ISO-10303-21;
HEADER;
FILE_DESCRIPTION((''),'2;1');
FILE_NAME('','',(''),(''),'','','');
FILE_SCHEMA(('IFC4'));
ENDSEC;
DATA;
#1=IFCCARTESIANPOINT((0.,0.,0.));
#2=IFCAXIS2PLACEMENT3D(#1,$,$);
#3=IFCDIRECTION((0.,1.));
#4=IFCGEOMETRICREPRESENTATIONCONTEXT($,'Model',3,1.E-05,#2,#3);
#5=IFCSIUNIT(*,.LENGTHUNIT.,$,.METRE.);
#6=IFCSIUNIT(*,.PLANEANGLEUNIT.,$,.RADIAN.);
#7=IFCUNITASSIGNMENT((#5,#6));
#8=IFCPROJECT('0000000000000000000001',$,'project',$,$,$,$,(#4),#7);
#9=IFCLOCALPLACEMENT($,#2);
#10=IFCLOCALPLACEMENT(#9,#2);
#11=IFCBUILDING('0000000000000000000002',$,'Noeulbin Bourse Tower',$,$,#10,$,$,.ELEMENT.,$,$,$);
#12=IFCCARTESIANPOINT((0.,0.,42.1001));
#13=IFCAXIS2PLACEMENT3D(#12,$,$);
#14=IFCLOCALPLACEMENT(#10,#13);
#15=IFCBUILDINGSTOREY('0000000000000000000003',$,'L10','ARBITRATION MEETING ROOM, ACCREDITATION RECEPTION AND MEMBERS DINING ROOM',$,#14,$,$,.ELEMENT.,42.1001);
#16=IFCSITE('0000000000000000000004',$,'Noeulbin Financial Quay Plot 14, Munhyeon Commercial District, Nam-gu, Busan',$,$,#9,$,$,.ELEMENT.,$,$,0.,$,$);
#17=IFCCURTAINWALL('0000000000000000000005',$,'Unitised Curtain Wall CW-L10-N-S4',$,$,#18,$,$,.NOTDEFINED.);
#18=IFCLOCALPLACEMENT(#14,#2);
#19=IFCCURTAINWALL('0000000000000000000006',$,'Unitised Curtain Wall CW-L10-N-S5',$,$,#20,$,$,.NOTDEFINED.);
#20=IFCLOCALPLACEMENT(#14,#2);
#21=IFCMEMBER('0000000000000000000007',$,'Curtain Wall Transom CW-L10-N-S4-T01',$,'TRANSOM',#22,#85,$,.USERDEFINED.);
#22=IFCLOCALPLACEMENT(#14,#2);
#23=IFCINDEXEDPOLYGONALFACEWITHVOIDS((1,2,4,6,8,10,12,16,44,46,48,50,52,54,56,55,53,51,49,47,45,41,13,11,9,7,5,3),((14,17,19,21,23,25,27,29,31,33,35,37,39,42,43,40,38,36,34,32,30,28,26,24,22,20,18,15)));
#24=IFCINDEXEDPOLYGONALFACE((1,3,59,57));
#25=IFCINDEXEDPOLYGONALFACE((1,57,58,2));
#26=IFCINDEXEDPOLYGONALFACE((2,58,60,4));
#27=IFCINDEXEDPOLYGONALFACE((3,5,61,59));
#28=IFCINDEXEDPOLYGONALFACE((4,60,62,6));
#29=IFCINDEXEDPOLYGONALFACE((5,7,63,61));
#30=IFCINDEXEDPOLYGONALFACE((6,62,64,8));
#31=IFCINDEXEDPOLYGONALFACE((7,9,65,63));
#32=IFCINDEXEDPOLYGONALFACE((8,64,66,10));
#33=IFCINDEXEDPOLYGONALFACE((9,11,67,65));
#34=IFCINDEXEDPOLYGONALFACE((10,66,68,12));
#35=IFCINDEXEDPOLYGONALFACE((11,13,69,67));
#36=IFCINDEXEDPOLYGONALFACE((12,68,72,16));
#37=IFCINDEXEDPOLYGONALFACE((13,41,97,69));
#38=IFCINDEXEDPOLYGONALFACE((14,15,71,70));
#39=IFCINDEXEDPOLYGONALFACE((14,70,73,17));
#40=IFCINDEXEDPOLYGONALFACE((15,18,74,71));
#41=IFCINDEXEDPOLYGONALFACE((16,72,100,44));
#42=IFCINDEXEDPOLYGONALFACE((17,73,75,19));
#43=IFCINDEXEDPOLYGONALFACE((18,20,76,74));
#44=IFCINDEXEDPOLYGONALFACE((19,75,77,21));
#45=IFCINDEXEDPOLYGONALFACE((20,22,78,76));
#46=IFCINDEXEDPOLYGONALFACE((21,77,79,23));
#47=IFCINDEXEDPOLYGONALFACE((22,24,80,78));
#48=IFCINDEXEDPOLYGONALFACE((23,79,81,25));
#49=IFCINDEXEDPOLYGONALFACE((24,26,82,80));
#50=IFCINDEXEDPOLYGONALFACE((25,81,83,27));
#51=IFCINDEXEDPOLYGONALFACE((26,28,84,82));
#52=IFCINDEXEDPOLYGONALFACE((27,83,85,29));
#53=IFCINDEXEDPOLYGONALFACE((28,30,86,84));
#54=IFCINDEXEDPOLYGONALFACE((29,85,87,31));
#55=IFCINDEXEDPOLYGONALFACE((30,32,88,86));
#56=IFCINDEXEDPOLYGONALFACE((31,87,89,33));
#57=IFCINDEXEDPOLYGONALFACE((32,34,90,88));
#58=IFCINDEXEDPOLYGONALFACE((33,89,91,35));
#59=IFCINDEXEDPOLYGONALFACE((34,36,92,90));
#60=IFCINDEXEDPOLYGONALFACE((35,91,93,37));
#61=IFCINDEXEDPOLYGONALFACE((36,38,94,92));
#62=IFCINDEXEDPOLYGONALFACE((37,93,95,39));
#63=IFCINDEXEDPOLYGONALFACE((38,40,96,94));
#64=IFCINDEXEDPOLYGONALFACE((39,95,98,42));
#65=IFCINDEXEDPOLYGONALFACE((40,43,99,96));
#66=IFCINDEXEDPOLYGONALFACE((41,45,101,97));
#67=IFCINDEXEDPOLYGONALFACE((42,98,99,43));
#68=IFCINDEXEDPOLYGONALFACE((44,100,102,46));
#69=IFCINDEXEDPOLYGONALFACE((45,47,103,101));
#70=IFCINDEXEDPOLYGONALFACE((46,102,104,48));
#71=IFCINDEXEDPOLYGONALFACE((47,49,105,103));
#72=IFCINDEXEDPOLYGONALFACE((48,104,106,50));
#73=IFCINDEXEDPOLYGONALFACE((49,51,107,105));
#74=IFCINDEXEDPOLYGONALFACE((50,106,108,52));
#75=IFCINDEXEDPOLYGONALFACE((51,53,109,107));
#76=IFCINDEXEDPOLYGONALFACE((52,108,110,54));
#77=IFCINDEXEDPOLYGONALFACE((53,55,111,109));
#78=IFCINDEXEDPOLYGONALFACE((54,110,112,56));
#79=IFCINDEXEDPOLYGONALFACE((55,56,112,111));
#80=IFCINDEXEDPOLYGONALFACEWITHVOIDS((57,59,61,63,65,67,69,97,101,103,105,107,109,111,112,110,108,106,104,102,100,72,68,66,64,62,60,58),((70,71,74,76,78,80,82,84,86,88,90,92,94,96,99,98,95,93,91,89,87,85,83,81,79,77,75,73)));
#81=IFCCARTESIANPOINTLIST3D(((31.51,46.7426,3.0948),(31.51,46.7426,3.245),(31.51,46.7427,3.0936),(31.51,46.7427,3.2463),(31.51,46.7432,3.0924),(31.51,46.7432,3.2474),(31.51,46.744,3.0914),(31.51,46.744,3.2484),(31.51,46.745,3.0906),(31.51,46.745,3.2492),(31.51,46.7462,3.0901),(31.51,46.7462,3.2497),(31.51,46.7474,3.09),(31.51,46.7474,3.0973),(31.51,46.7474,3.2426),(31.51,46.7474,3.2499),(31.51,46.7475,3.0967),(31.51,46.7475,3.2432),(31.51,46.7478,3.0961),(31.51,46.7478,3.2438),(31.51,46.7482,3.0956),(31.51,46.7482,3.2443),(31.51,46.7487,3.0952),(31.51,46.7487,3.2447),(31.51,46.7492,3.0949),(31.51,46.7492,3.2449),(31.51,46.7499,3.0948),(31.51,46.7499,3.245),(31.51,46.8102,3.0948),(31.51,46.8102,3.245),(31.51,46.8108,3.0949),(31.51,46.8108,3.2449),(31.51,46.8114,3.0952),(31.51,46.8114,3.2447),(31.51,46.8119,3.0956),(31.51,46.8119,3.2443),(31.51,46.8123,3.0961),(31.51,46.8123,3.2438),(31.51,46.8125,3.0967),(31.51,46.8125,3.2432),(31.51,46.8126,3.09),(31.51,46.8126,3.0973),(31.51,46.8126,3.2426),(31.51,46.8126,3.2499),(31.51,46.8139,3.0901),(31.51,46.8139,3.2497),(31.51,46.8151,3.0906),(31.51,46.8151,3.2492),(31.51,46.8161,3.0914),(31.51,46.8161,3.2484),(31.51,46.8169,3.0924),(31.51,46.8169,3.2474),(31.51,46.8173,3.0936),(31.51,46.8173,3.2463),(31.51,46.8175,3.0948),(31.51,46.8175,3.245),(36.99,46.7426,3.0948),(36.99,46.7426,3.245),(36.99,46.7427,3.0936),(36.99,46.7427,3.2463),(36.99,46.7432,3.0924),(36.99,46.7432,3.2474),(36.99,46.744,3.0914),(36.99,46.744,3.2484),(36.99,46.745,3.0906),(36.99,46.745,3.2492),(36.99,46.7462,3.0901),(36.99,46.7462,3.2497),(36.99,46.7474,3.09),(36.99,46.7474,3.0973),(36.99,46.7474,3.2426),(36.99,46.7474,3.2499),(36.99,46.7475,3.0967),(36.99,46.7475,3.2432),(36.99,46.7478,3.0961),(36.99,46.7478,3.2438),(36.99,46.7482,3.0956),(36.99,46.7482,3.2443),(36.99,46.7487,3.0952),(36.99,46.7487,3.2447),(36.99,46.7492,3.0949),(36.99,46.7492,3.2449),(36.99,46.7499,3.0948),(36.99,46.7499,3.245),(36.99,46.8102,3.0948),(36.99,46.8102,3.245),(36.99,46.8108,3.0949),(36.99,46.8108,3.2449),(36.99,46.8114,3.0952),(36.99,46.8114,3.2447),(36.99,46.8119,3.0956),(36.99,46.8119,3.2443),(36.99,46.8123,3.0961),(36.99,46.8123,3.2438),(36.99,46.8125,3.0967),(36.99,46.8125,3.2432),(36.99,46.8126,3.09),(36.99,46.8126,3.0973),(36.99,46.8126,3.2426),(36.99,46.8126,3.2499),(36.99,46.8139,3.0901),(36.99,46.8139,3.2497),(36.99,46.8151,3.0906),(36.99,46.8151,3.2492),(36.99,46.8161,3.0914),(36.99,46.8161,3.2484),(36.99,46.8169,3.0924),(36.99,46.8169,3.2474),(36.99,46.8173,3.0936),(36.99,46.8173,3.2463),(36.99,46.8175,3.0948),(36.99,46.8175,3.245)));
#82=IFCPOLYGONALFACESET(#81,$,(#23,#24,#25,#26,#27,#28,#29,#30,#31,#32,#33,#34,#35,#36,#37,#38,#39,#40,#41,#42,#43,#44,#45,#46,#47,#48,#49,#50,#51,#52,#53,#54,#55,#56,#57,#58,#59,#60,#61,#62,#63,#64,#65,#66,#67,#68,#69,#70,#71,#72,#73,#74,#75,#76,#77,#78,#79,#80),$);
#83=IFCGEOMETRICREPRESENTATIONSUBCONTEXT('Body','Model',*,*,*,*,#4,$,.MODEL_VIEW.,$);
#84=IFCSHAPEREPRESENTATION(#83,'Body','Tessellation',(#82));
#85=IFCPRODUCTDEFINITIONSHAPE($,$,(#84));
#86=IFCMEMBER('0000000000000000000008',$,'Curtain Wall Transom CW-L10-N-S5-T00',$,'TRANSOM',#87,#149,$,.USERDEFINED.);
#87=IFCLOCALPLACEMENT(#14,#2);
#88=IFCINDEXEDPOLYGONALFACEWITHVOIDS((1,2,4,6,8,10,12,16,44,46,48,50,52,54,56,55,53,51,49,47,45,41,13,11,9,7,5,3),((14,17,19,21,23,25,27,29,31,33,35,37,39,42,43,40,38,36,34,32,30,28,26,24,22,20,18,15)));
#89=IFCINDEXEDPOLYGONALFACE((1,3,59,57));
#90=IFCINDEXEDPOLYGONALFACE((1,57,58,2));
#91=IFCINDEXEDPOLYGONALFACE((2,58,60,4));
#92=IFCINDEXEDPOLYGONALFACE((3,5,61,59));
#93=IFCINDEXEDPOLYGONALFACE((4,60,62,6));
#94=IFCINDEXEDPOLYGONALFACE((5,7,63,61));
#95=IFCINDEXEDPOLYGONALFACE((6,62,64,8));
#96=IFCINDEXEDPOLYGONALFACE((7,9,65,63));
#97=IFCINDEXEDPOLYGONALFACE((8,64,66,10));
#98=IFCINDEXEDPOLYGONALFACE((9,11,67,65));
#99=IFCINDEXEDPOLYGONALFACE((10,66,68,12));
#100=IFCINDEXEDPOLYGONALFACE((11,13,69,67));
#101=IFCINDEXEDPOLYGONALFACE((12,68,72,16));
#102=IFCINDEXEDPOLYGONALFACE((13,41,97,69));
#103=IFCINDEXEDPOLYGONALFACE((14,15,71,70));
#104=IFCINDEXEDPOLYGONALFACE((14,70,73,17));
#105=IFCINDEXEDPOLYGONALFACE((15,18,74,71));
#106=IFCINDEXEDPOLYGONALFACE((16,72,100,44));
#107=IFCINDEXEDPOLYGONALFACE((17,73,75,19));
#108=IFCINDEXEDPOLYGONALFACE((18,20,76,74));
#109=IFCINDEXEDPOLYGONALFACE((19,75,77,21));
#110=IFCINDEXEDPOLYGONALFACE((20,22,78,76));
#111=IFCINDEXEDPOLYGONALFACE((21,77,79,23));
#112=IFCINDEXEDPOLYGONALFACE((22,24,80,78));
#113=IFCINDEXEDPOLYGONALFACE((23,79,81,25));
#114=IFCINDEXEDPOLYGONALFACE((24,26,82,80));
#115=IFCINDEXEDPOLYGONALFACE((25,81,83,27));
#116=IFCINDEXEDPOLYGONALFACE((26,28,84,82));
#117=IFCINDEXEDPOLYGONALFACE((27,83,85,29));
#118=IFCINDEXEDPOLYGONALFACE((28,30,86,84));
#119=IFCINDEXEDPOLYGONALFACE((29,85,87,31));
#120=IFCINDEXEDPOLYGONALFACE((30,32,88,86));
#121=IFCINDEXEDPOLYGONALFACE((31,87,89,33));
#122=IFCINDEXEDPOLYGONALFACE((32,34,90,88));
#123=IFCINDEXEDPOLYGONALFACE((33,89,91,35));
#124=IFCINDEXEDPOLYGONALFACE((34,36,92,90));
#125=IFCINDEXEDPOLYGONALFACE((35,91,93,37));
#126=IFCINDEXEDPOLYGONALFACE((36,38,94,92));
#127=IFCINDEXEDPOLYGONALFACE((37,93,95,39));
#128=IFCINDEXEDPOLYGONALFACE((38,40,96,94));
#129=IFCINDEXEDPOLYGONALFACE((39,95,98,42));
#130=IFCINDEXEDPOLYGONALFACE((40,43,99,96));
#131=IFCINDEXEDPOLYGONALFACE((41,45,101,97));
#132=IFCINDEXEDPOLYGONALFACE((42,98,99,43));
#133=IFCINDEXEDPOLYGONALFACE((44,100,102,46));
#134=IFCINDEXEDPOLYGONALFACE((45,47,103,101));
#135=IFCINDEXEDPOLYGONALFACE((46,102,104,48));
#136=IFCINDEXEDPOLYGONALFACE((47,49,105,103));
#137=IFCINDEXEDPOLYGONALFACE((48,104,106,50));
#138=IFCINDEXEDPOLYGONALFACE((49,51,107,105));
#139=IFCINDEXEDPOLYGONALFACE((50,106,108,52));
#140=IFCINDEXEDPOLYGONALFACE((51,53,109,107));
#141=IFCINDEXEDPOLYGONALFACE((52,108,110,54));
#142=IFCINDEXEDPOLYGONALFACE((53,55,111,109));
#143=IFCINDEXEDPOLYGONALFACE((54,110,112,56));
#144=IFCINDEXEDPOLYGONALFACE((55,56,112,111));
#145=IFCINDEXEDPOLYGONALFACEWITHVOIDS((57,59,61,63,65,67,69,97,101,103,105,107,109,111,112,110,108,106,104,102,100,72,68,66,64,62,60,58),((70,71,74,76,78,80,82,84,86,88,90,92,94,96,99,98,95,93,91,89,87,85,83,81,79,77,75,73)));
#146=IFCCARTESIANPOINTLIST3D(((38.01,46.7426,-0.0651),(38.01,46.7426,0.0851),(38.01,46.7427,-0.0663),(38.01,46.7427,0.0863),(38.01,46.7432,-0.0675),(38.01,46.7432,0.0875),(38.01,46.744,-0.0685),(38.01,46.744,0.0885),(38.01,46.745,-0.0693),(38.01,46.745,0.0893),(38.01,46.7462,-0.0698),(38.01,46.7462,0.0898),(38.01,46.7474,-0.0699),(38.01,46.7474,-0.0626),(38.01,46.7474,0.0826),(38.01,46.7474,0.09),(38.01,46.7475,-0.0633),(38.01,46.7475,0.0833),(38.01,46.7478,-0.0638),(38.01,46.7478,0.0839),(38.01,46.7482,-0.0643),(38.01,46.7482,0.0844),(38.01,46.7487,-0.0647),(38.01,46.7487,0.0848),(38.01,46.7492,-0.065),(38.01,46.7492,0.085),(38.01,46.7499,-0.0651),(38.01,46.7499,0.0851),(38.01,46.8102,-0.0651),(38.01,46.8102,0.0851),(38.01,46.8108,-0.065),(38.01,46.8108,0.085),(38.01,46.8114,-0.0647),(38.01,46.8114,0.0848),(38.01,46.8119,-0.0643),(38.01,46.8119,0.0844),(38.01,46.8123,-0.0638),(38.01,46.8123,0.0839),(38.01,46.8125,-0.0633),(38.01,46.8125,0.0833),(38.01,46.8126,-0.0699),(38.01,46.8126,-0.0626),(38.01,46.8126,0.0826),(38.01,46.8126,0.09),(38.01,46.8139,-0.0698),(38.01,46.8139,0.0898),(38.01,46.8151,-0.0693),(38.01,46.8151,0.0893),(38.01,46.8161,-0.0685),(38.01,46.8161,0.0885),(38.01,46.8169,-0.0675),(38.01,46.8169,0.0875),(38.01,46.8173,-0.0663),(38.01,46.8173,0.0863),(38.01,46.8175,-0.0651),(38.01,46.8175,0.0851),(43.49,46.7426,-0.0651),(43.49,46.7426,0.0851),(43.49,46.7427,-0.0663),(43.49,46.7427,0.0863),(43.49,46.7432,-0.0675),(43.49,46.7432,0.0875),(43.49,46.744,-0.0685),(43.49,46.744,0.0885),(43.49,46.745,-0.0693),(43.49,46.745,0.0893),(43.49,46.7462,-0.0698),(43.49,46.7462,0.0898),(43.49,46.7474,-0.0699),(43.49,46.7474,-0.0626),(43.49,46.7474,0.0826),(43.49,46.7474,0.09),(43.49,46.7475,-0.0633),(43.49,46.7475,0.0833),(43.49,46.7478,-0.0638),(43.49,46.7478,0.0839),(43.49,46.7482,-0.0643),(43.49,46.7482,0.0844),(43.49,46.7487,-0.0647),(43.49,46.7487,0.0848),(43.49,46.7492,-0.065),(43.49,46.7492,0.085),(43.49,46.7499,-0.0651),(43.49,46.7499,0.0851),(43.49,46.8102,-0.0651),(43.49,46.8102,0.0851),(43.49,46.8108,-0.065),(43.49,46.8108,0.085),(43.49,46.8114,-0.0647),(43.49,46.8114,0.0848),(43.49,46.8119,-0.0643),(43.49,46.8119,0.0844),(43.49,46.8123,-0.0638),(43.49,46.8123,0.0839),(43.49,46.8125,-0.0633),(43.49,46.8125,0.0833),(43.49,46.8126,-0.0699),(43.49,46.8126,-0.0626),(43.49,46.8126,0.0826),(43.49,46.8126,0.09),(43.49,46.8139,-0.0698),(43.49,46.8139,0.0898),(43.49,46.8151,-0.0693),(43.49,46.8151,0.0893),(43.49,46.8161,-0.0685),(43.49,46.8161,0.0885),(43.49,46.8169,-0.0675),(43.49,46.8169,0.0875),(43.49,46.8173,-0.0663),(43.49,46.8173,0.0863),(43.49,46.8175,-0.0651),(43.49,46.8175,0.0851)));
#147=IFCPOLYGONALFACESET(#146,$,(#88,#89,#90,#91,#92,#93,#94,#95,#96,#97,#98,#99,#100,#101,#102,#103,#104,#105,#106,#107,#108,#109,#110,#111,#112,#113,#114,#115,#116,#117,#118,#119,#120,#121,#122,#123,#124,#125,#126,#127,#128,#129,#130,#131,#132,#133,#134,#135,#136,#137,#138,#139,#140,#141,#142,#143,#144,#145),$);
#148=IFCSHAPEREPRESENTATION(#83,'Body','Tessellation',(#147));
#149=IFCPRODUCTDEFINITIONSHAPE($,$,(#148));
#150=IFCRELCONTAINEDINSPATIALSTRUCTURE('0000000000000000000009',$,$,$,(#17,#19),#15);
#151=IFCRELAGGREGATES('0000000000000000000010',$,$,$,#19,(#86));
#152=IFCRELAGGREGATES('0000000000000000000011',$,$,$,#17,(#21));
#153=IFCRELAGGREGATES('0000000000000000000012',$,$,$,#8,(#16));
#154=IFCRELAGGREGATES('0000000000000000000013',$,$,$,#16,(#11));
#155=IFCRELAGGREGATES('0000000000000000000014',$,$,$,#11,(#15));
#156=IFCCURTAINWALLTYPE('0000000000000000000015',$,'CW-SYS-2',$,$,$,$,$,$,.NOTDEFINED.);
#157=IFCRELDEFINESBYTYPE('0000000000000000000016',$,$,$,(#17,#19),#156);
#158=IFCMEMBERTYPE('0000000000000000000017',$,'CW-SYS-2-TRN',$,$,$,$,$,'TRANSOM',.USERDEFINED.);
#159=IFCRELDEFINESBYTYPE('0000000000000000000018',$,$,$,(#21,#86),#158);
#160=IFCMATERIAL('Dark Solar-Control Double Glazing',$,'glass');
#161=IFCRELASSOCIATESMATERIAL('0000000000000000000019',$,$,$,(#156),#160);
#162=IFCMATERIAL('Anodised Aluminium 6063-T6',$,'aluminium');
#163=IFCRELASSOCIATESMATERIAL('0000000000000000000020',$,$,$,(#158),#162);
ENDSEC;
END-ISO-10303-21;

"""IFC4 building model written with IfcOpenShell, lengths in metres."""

from ifc_helpers import new_model, si_unit, direction, frame, origin, origin_2d, place, context, subcontext, project, spatial, hollow_rectangle, extrude, material, material_profile, profile_set, type_object, element, aggregate, save


model = new_model("IFC4")

# Units and contexts
model_context = context("Model", 3, precision=1e-05, world=origin(), true_north=direction((0.0, 1.0)))
body_context = subcontext(model_context, "Body", "Model", "MODEL_VIEW")
ifc_project = project(units=[si_unit("LENGTHUNIT", "METRE"), si_unit("PLANEANGLEUNIT", "RADIAN")], contexts=[model_context])

# Site, building, storey
site_placement = place(None, origin())
site = spatial("IfcSite", under=ifc_project, at=site_placement, Name="Noeulbin Financial Quay Plot 14, Munhyeon Commercial District, Nam-gu, Busan", CompositionType="ELEMENT", RefElevation=0.0)
building_placement = place(site_placement, origin())
building = spatial("IfcBuilding", under=site, at=building_placement, Name="Noeulbin Bourse Tower", CompositionType="ELEMENT")
storey_placement = place(building_placement, frame((0.0, 0.0, 42.1001)))
storey = spatial("IfcBuildingStorey", under=building, at=storey_placement, Name="L10", Description="ARBITRATION MEETING ROOM, ACCREDITATION RECEPTION AND MEMBERS DINING ROOM", CompositionType="ELEMENT", Elevation=42.1001)

# Shared definitions
ifc_material_1 = material(Name="Dark Solar-Control Double Glazing", Category="glass")
curtain_wall_type = type_object("IfcCurtainWallType", Name="CW-SYS-2", PredefinedType="NOTDEFINED", material=ifc_material_1)
ifc_material_2 = material(Name="Anodised Aluminium 6063-T6", Category="aluminium")

# Curtain wall
curtain_wall_1_placement = place(storey_placement, origin())
curtain_wall_1 = element("IfcCurtainWall", 1, at=curtain_wall_1_placement, inside=storey, type_object=curtain_wall_type, Name="Unitised Curtain Wall CW-L10-N-S4", PredefinedType="NOTDEFINED")

# Curtain wall
curtain_wall_2_placement = place(storey_placement, origin())
curtain_wall_2 = element("IfcCurtainWall", 2, at=curtain_wall_2_placement, inside=storey, type_object=curtain_wall_type, Name="Unitised Curtain Wall CW-L10-N-S5", PredefinedType="NOTDEFINED")

# Members
ifc_material_profile_1 = material_profile(ifc_material_2, hollow_rectangle(XDim=0.075, YDim=0.1599, WallThickness=0.0049, InnerFilletRadius=0.0024, OuterFilletRadius=0.0049, at=origin_2d()), Name="ALU-TRAN-75x160x5", Category="LoadBearing")
ifc_profile_set_1 = profile_set([ifc_material_profile_1], Name="Anodised Aluminium 6063-T6")
member_type_1 = type_object("IfcMemberType", Name="CW-SYS-2-TRN", ElementType="TRANSOM", PredefinedType="USERDEFINED", material=ifc_profile_set_1)
member_1_placement = place(storey_placement, frame((31.51, 46.78, 3.1699), z_axis=(1.0, 0.0, 0.0), x_axis=(0.0, 1.0, 0.0)))
member_1 = element("IfcMember", 3, at=member_1_placement, type_object=member_type_1, Name="Curtain Wall Transom CW-L10-N-S4-T01", ObjectType="TRANSOM", PredefinedType="USERDEFINED", context=body_context, shape_type="SweptSolid", body=[
    extrude(hollow_rectangle(XDim=0.075, YDim=0.1599, WallThickness=0.0049, InnerFilletRadius=0.0024, OuterFilletRadius=0.0049, at=origin_2d()), origin(), (0.0, 0.0, 1.0), 5.48),
])
member_2_placement = place(storey_placement, frame((38.01, 46.78, 0.01), z_axis=(1.0, 0.0, 0.0), x_axis=(0.0, 1.0, 0.0)))
member_2 = element("IfcMember", 4, at=member_2_placement, type_object=member_type_1, Name="Curtain Wall Transom CW-L10-N-S5-T00", ObjectType="TRANSOM", PredefinedType="USERDEFINED", context=body_context, shape_type="SweptSolid", body=[
    extrude(hollow_rectangle(XDim=0.075, YDim=0.1599, WallThickness=0.0049, InnerFilletRadius=0.0024, OuterFilletRadius=0.0049, at=origin_2d()), origin(), (0.0, 0.0, 1.0), 5.48),
])
aggregate(curtain_wall_2, [member_2])

aggregate(curtain_wall_1, [member_1])

save(model, "model.ifc")
